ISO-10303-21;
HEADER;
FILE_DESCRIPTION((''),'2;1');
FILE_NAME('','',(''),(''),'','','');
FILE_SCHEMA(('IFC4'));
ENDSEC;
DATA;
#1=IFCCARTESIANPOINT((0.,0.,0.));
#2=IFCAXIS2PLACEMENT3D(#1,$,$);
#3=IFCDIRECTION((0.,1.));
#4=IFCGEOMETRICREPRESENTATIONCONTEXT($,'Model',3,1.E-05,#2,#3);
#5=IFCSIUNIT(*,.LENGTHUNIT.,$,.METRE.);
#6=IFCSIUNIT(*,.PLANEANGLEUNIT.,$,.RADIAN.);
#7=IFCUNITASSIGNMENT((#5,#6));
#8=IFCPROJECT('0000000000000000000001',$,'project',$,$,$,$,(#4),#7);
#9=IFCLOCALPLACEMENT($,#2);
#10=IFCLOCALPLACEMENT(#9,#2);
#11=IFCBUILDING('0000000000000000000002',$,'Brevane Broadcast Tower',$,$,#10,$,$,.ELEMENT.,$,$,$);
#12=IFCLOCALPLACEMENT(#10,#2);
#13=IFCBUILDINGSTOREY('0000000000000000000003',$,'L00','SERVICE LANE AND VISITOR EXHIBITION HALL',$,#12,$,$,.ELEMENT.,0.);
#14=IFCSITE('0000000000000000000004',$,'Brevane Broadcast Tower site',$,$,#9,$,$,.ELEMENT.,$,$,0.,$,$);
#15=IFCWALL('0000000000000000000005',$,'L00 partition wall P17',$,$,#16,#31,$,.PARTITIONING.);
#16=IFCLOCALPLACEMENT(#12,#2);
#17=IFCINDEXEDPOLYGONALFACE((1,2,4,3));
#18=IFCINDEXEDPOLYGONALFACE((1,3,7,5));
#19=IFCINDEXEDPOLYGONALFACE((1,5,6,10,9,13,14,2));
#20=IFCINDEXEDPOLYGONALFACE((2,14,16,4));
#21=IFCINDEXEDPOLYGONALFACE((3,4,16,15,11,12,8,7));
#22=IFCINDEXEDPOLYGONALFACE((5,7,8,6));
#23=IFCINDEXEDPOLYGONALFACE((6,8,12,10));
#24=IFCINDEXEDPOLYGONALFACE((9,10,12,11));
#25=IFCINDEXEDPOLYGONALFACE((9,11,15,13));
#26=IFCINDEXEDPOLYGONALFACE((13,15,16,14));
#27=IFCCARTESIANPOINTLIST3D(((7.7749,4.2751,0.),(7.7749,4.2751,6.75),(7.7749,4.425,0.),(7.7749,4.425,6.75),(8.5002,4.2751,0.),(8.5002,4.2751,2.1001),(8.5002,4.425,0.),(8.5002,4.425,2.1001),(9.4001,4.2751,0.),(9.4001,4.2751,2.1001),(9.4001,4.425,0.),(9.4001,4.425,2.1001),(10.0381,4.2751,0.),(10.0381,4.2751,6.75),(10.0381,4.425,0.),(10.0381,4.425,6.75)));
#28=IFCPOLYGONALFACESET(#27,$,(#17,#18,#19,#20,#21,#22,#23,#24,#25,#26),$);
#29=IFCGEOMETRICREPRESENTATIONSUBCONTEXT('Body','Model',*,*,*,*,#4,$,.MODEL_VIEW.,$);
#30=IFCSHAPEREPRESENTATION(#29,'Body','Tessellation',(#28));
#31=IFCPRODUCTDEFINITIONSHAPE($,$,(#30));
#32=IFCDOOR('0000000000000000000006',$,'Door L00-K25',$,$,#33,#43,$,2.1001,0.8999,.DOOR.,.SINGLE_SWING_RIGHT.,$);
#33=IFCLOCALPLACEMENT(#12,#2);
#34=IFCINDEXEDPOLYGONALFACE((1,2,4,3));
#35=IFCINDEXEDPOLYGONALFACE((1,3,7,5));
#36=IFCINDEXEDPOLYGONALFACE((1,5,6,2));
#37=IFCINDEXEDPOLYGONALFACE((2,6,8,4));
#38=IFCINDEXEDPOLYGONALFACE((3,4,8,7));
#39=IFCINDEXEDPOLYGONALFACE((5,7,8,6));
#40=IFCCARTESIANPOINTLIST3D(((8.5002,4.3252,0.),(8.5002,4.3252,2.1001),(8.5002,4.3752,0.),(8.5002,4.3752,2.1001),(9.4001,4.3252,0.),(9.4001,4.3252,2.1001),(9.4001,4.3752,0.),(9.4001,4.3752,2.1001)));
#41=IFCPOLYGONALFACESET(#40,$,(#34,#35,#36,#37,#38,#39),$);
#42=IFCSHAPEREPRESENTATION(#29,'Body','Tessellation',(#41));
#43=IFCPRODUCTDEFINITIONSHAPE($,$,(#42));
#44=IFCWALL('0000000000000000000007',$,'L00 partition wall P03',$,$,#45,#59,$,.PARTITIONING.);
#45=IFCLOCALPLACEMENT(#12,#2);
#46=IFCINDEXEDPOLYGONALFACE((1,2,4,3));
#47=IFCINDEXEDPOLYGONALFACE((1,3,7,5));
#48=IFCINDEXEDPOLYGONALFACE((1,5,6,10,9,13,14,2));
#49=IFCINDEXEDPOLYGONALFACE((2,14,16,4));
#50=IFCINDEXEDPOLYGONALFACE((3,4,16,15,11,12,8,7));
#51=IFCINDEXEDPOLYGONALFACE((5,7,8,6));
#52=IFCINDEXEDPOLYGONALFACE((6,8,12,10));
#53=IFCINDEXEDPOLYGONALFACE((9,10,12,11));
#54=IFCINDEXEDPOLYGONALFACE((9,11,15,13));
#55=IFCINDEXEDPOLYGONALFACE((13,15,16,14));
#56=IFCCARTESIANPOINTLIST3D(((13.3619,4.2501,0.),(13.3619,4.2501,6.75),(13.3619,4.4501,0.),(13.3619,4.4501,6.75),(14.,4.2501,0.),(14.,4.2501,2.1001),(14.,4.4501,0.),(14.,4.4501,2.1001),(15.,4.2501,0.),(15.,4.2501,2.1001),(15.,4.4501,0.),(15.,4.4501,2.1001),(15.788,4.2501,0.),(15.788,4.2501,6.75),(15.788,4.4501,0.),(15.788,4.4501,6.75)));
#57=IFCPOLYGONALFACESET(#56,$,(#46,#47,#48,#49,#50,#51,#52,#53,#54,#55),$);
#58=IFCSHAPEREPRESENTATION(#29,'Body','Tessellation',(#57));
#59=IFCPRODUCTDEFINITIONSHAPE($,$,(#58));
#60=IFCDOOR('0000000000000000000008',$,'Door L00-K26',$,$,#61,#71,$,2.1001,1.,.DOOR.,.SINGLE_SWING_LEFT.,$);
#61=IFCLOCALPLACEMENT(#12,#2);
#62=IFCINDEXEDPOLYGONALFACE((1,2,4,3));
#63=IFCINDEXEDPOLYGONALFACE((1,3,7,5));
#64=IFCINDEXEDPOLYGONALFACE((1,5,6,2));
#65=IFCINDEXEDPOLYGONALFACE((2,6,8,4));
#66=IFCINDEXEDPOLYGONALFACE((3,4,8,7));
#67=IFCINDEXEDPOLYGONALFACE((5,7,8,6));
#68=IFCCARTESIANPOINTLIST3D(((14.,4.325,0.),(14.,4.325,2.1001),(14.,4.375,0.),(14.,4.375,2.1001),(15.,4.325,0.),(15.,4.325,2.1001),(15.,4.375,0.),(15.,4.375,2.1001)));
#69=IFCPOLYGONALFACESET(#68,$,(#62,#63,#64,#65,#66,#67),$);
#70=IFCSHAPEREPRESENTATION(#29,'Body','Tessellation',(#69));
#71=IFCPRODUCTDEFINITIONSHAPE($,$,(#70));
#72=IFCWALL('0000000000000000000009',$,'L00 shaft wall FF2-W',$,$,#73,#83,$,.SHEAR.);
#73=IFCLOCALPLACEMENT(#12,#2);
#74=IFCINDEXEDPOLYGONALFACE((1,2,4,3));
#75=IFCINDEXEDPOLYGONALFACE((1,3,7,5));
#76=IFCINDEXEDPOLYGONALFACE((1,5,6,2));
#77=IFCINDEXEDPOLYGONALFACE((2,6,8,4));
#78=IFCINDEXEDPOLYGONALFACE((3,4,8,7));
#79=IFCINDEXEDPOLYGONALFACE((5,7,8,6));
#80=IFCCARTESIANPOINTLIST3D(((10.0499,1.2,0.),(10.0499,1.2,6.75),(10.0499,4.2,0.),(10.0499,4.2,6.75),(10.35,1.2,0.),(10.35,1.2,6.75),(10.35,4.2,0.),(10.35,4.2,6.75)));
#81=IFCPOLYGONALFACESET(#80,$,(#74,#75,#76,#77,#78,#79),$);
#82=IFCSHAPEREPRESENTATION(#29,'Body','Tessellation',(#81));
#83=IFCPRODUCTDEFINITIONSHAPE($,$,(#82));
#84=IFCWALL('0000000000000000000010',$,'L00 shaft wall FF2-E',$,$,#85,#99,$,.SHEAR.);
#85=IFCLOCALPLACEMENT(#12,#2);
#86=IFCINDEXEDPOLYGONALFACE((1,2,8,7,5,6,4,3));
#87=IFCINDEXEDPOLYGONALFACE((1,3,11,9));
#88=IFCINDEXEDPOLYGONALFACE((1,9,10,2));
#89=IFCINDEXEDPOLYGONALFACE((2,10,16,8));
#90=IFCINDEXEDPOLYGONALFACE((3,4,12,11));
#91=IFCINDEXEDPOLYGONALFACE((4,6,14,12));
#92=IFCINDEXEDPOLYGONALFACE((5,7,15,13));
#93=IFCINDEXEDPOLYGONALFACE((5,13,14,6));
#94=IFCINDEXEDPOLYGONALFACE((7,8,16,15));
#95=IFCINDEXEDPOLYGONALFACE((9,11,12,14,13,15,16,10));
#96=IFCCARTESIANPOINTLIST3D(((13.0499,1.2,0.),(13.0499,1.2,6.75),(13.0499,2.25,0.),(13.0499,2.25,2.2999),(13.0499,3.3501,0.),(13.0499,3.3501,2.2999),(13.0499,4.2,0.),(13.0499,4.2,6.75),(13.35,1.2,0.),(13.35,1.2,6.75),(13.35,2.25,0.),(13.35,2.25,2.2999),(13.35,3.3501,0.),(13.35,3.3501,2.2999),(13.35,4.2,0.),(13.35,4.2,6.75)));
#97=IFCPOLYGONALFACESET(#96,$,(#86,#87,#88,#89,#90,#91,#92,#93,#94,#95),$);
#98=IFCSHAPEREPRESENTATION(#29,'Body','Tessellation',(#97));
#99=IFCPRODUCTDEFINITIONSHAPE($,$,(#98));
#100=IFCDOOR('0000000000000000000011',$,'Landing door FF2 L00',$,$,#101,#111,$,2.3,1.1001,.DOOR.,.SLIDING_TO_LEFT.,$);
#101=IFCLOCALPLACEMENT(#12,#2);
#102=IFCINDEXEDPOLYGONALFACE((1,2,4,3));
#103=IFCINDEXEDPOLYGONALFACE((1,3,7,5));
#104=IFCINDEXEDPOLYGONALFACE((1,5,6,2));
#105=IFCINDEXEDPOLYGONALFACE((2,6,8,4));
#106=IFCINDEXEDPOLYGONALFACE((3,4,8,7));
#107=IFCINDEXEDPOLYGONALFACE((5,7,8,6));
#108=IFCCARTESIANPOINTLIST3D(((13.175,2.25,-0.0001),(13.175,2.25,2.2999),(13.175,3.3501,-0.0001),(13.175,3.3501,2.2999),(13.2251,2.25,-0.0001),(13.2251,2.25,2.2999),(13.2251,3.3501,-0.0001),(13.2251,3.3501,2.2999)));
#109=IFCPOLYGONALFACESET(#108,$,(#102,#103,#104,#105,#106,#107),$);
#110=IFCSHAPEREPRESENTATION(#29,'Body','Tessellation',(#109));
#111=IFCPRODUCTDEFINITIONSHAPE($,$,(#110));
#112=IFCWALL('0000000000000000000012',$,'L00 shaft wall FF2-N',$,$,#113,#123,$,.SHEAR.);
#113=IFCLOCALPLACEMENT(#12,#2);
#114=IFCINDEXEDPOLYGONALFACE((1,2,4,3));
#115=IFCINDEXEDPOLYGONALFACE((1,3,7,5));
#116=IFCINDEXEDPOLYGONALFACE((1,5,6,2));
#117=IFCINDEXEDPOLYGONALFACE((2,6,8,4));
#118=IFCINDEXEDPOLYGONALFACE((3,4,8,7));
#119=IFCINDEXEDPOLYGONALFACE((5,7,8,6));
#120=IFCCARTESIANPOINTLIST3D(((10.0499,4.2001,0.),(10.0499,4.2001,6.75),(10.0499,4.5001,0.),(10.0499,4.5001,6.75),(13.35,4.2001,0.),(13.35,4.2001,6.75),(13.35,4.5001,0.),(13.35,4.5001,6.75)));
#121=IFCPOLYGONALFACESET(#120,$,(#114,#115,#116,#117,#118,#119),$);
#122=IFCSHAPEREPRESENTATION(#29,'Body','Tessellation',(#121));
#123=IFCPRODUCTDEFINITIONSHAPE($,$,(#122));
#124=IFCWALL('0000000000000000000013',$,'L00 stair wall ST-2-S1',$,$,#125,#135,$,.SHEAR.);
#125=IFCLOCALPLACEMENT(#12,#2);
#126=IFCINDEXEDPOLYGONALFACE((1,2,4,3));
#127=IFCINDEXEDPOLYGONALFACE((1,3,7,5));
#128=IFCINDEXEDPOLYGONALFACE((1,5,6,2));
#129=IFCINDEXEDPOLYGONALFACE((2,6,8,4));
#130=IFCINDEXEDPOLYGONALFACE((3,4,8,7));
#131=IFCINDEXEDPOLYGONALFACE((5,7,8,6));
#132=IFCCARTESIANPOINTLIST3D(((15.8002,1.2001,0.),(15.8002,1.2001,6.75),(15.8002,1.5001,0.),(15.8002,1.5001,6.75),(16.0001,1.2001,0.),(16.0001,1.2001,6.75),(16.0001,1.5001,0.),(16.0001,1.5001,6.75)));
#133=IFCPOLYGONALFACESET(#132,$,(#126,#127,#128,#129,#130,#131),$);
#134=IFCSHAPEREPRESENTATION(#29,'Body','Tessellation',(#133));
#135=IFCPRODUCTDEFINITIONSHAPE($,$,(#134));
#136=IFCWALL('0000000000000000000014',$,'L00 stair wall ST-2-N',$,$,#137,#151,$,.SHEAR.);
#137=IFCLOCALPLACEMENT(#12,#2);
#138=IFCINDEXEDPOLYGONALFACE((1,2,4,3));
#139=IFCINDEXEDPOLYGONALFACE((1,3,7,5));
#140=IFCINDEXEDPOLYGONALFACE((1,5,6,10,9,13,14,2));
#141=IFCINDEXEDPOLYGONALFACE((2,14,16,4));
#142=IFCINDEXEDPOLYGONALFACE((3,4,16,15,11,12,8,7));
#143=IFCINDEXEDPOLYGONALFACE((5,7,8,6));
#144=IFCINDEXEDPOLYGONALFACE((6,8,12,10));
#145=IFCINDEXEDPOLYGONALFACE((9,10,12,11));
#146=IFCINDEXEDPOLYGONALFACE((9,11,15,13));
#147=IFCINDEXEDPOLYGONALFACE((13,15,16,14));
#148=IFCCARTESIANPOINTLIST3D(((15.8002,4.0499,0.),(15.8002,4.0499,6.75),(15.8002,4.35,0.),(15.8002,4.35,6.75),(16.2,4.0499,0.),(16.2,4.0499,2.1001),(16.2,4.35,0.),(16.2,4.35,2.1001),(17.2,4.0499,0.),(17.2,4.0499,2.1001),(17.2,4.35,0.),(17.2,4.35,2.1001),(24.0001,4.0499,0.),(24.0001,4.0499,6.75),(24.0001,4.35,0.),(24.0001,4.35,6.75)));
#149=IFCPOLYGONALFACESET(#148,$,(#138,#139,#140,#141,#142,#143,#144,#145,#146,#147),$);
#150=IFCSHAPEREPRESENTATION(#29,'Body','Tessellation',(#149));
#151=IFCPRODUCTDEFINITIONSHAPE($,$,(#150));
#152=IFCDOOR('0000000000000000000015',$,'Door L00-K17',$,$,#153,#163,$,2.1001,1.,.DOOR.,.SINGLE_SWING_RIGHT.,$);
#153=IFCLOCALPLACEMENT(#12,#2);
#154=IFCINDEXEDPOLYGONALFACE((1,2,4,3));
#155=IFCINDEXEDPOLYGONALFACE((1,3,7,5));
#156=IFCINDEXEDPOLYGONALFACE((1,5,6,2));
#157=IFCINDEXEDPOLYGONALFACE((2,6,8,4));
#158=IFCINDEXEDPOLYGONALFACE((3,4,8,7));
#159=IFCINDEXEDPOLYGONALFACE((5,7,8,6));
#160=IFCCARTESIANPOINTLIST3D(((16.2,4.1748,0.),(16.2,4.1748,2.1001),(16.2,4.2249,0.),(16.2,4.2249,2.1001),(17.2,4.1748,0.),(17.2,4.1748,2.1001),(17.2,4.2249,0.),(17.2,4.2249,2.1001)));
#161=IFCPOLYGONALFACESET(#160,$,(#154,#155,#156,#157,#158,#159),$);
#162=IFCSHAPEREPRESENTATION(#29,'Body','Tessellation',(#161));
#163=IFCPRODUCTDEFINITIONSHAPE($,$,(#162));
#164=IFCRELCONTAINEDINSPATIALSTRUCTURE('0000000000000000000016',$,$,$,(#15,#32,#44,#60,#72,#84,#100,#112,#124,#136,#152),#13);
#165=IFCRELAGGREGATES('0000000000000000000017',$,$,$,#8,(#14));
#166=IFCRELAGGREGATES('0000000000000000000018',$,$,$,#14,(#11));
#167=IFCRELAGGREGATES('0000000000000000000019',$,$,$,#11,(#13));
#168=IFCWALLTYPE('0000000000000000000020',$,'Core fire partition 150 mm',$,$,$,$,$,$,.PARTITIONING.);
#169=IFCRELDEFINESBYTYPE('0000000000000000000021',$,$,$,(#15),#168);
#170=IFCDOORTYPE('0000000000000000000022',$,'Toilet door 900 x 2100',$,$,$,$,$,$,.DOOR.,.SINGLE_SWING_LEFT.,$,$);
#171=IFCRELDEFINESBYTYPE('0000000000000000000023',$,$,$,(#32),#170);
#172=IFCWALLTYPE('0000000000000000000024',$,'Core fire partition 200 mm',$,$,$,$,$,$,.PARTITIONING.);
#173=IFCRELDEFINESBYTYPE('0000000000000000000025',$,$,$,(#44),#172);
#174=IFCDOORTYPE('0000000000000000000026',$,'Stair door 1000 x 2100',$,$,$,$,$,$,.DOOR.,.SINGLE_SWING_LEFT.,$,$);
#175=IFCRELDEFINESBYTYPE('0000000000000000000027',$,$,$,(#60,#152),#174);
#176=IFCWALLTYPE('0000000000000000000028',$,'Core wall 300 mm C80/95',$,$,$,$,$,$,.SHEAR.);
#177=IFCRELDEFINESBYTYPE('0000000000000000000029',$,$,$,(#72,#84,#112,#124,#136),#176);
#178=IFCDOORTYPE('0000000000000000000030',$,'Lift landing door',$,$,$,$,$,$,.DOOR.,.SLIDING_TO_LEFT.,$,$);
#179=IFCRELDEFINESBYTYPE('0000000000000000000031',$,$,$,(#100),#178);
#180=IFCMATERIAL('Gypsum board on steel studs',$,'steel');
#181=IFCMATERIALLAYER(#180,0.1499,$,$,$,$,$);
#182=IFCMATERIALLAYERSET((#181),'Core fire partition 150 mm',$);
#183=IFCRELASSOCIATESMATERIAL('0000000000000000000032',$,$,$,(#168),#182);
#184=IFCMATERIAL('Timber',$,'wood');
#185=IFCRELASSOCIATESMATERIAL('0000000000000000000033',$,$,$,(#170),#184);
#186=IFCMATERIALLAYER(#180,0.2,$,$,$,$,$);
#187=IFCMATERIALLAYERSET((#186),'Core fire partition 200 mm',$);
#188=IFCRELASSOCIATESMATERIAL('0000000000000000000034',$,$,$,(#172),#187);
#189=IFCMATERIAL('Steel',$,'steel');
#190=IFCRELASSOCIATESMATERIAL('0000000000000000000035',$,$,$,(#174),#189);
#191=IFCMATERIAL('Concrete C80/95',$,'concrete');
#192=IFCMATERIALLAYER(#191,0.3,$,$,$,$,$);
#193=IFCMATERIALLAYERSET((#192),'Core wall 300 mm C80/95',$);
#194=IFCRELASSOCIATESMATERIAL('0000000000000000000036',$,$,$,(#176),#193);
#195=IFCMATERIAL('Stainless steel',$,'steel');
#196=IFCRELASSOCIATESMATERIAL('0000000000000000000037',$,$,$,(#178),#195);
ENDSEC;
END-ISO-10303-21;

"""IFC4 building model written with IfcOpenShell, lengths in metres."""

from ifc_helpers import new_model, si_unit, direction, frame, frame_2d, origin, place, context, subcontext, project, spatial, rectangle, extrude, material, layer, layer_set, type_object, element, fill, save


model = new_model("IFC4")

# Units and contexts
model_context = context("Model", 3, precision=1e-05, world=origin(), true_north=direction((0.0, 1.0)))
body_context = subcontext(model_context, "Body", "Model", "MODEL_VIEW")
ifc_project = project(units=[si_unit("LENGTHUNIT", "METRE"), si_unit("PLANEANGLEUNIT", "RADIAN")], contexts=[model_context])

# Site, building, storey
site_placement = place(None, origin())
site = spatial("IfcSite", under=ifc_project, at=site_placement, Name="Brevane Broadcast Tower site", CompositionType="ELEMENT", RefElevation=0.0)
building_placement = place(site_placement, origin())
building = spatial("IfcBuilding", under=site, at=building_placement, Name="Brevane Broadcast Tower", CompositionType="ELEMENT")
storey_placement = place(building_placement, origin())
storey = spatial("IfcBuildingStorey", under=building, at=storey_placement, Name="L00", Description="SERVICE LANE AND VISITOR EXHIBITION HALL", CompositionType="ELEMENT", Elevation=0.0)

# Shared definitions
ifc_material_1 = material(Name="Gypsum board on steel studs", Category="steel")
ifc_layer_1 = layer(ifc_material_1, 0.1499)
ifc_layer_set_1 = layer_set([ifc_layer_1], Name="Core fire partition 150 mm")
wall_type_1 = type_object("IfcWallType", Name="Core fire partition 150 mm", PredefinedType="PARTITIONING", material=ifc_layer_set_1)

# Shared definitions
ifc_material_2 = material(Name="Timber", Category="wood")
door_type_1 = type_object("IfcDoorType", Name="Toilet door 900 x 2100", OperationType="SINGLE_SWING_LEFT", PredefinedType="DOOR", material=ifc_material_2)

# Walls, openings, doors
wall_1_placement = place(storey_placement, frame((10.0381, 4.3501, 0.0), z_axis=(0.0, 0.0, 1.0), x_axis=(-1.0, 0.0, 0.0)))
wall_1 = element("IfcWall", 1, at=wall_1_placement, inside=storey, type_object=wall_type_1, Name="L00 partition wall P17", PredefinedType="PARTITIONING", context=body_context, shape_type="SweptSolid", body=[
    extrude(rectangle(XDim=2.2632, YDim=0.1499, at=frame_2d((1.1316, 0.0))), origin(), (0.0, 0.0, 1.0), 6.75),
])
opening_1_placement = place(wall_1_placement, frame((0.6379, 0.0, 0.0)))
opening_1 = element("IfcOpeningElement", 2, at=opening_1_placement, cuts=wall_1, PredefinedType="OPENING", context=body_context, shape_type="SweptSolid", body=[
    extrude(rectangle(XDim=0.8999, YDim=2.1001, at=frame_2d((0.45, 1.05))), frame((0.0, 0.085, 0.0), z_axis=(0.0, -1.0, 0.0), x_axis=(1.0, 0.0, 0.0)), (0.0, 0.0, 1.0), 0.1699),
])
door_1_placement = place(opening_1_placement, origin())
door_1 = element("IfcDoor", 3, at=door_1_placement, inside=storey, type_object=door_type_1, Name="Door L00-K25", OperationType="SINGLE_SWING_RIGHT", OverallHeight=2.1001, OverallWidth=0.8999, PredefinedType="DOOR", context=body_context, shape_type="SweptSolid", body=[
    extrude(rectangle(XDim=0.8999, YDim=2.1001, at=frame_2d((0.45, 1.05))), frame((0.0, 0.0249, 0.0), z_axis=(0.0, -1.0, 0.0), x_axis=(1.0, 0.0, 0.0)), (0.0, 0.0, 1.0), 0.05),
])
fill(opening_1, door_1)
ifc_layer_2 = layer(ifc_material_1, 0.2)
ifc_layer_set_2 = layer_set([ifc_layer_2], Name="Core fire partition 200 mm")
wall_type_2 = type_object("IfcWallType", Name="Core fire partition 200 mm", PredefinedType="PARTITIONING", material=ifc_layer_set_2)
wall_2_placement = place(storey_placement, frame((13.3621, 4.3501, 0.0), z_axis=(0.0, 0.0, 1.0), x_axis=(1.0, 0.0, 0.0)))
wall_2 = element("IfcWall", 4, at=wall_2_placement, inside=storey, type_object=wall_type_2, Name="L00 partition wall P03", PredefinedType="PARTITIONING", context=body_context, shape_type="SweptSolid", body=[
    extrude(rectangle(XDim=2.426, YDim=0.2, at=frame_2d((1.2129, 0.0))), origin(), (0.0, 0.0, 1.0), 6.75),
])
opening_2_placement = place(wall_2_placement, frame((0.6379, 0.0, 0.0)))
opening_2 = element("IfcOpeningElement", 5, at=opening_2_placement, cuts=wall_2, PredefinedType="OPENING", context=body_context, shape_type="SweptSolid", body=[
    extrude(rectangle(XDim=1.0, YDim=2.1001, at=frame_2d((0.5, 1.05))), frame((0.0, 0.1099, 0.0), z_axis=(0.0, -1.0, 0.0), x_axis=(1.0, 0.0, 0.0)), (0.0, 0.0, 1.0), 0.22),
])
ifc_material_3 = material(Name="Steel", Category="steel")
door_type_2 = type_object("IfcDoorType", Name="Stair door 1000 x 2100", OperationType="SINGLE_SWING_LEFT", PredefinedType="DOOR", material=ifc_material_3)
door_2_placement = place(opening_2_placement, origin())
door_2 = element("IfcDoor", 6, at=door_2_placement, inside=storey, type_object=door_type_2, Name="Door L00-K26", OperationType="SINGLE_SWING_LEFT", OverallHeight=2.1001, OverallWidth=1.0, PredefinedType="DOOR", context=body_context, shape_type="SweptSolid", body=[
    extrude(rectangle(XDim=1.0, YDim=2.1001, at=frame_2d((0.5, 1.05))), frame((0.0, 0.0249, 0.0), z_axis=(0.0, -1.0, 0.0), x_axis=(1.0, 0.0, 0.0)), (0.0, 0.0, 1.0), 0.05),
])
fill(opening_2, door_2)

# Wall
ifc_material_4 = material(Name="Concrete C80/95", Category="concrete")
ifc_layer_3 = layer(ifc_material_4, 0.3)
ifc_layer_set_3 = layer_set([ifc_layer_3], Name="Core wall 300 mm C80/95")
wall_type_3 = type_object("IfcWallType", Name="Core wall 300 mm C80/95", PredefinedType="SHEAR", material=ifc_layer_set_3)
wall_3_placement = place(storey_placement, frame((10.2, 1.2, 0.0), z_axis=(0.0, 0.0, 1.0), x_axis=(0.0, 1.0, 0.0)))
element("IfcWall", 7, at=wall_3_placement, inside=storey, type_object=wall_type_3, Name="L00 shaft wall FF2-W", PredefinedType="SHEAR", context=body_context, shape_type="SweptSolid", body=[
    extrude(rectangle(XDim=3.0, YDim=0.3, at=frame_2d((1.5, 0.0))), origin(), (0.0, 0.0, 1.0), 6.75),
])

# Wall, opening, door
wall_4_placement = place(storey_placement, frame((13.2, 1.2, 0.0), z_axis=(0.0, 0.0, 1.0), x_axis=(0.0, 1.0, 0.0)))
wall_4 = element("IfcWall", 8, at=wall_4_placement, inside=storey, type_object=wall_type_3, Name="L00 shaft wall FF2-E", PredefinedType="SHEAR", context=body_context, shape_type="SweptSolid", body=[
    extrude(rectangle(XDim=3.0, YDim=0.3, at=frame_2d((1.5, 0.0))), origin(), (0.0, 0.0, 1.0), 6.75),
])
opening_3_placement = place(wall_4_placement, frame((1.05, 0.0, 0.0)))
opening_3 = element("IfcOpeningElement", 9, at=opening_3_placement, cuts=wall_4, PredefinedType="OPENING", context=body_context, shape_type="SweptSolid", body=[
    extrude(rectangle(XDim=1.1001, YDim=2.3, at=frame_2d((0.55, 1.1499))), frame((0.0, 0.1599, 0.0), z_axis=(0.0, -1.0, 0.0), x_axis=(1.0, 0.0, 0.0)), (0.0, 0.0, 1.0), 0.3201),
])
ifc_material_5 = material(Name="Stainless steel", Category="steel")
door_type_3 = type_object("IfcDoorType", Name="Lift landing door", OperationType="SLIDING_TO_LEFT", PredefinedType="DOOR", material=ifc_material_5)
door_3_placement = place(opening_3_placement, origin())
door_3 = element("IfcDoor", 10, at=door_3_placement, inside=storey, type_object=door_type_3, Name="Landing door FF2 L00", OperationType="SLIDING_TO_LEFT", OverallHeight=2.3, OverallWidth=1.1001, PredefinedType="DOOR", context=body_context, shape_type="SweptSolid", body=[
    extrude(rectangle(XDim=1.1001, YDim=2.3, at=frame_2d((0.55, 1.1499))), frame((0.0, 0.0249, 0.0), z_axis=(0.0, -1.0, 0.0), x_axis=(1.0, 0.0, 0.0)), (0.0, 0.0, 1.0), 0.05),
])
fill(opening_3, door_3)

# Walls
wall_5_placement = place(storey_placement, frame((10.05, 4.3501, 0.0), z_axis=(0.0, 0.0, 1.0), x_axis=(1.0, 0.0, 0.0)))
element("IfcWall", 11, at=wall_5_placement, inside=storey, type_object=wall_type_3, Name="L00 shaft wall FF2-N", PredefinedType="SHEAR", context=body_context, shape_type="SweptSolid", body=[
    extrude(rectangle(XDim=3.3, YDim=0.3, at=frame_2d((1.6499, 0.0))), origin(), (0.0, 0.0, 1.0), 6.75),
])
wall_6_placement = place(storey_placement, frame((15.8, 1.3501, 0.0), z_axis=(0.0, 0.0, 1.0), x_axis=(1.0, 0.0, 0.0)))
element("IfcWall", 12, at=wall_6_placement, inside=storey, type_object=wall_type_3, Name="L00 stair wall ST-2-S1", PredefinedType="SHEAR", context=body_context, shape_type="SweptSolid", body=[
    extrude(rectangle(XDim=0.2, YDim=0.3, at=frame_2d((0.1001, 0.0))), origin(), (0.0, 0.0, 1.0), 6.75),
])

# Wall, opening, door
wall_7_placement = place(storey_placement, frame((15.8, 4.2, 0.0), z_axis=(0.0, 0.0, 1.0), x_axis=(1.0, 0.0, 0.0)))
wall_7 = element("IfcWall", 13, at=wall_7_placement, inside=storey, type_object=wall_type_3, Name="L00 stair wall ST-2-N", PredefinedType="SHEAR", context=body_context, shape_type="SweptSolid", body=[
    extrude(rectangle(XDim=8.2, YDim=0.3, at=frame_2d((4.1001, 0.0))), origin(), (0.0, 0.0, 1.0), 6.75),
])
opening_4_placement = place(wall_7_placement, frame((0.3999, 0.0, 0.0)))
opening_4 = element("IfcOpeningElement", 14, at=opening_4_placement, cuts=wall_7, PredefinedType="OPENING", context=body_context, shape_type="SweptSolid", body=[
    extrude(rectangle(XDim=1.0, YDim=2.1001, at=frame_2d((0.5, 1.05))), frame((0.0, 0.1599, 0.0), z_axis=(0.0, -1.0, 0.0), x_axis=(1.0, 0.0, 0.0)), (0.0, 0.0, 1.0), 0.3201),
])
door_4_placement = place(opening_4_placement, origin())
door_4 = element("IfcDoor", 15, at=door_4_placement, inside=storey, type_object=door_type_2, Name="Door L00-K17", OperationType="SINGLE_SWING_RIGHT", OverallHeight=2.1001, OverallWidth=1.0, PredefinedType="DOOR", context=body_context, shape_type="SweptSolid", body=[
    extrude(rectangle(XDim=1.0, YDim=2.1001, at=frame_2d((0.5, 1.05))), frame((0.0, 0.0249, 0.0), z_axis=(0.0, -1.0, 0.0), x_axis=(1.0, 0.0, 0.0)), (0.0, 0.0, 1.0), 0.05),
])
fill(opening_4, door_4)

save(model, "model.ifc")
